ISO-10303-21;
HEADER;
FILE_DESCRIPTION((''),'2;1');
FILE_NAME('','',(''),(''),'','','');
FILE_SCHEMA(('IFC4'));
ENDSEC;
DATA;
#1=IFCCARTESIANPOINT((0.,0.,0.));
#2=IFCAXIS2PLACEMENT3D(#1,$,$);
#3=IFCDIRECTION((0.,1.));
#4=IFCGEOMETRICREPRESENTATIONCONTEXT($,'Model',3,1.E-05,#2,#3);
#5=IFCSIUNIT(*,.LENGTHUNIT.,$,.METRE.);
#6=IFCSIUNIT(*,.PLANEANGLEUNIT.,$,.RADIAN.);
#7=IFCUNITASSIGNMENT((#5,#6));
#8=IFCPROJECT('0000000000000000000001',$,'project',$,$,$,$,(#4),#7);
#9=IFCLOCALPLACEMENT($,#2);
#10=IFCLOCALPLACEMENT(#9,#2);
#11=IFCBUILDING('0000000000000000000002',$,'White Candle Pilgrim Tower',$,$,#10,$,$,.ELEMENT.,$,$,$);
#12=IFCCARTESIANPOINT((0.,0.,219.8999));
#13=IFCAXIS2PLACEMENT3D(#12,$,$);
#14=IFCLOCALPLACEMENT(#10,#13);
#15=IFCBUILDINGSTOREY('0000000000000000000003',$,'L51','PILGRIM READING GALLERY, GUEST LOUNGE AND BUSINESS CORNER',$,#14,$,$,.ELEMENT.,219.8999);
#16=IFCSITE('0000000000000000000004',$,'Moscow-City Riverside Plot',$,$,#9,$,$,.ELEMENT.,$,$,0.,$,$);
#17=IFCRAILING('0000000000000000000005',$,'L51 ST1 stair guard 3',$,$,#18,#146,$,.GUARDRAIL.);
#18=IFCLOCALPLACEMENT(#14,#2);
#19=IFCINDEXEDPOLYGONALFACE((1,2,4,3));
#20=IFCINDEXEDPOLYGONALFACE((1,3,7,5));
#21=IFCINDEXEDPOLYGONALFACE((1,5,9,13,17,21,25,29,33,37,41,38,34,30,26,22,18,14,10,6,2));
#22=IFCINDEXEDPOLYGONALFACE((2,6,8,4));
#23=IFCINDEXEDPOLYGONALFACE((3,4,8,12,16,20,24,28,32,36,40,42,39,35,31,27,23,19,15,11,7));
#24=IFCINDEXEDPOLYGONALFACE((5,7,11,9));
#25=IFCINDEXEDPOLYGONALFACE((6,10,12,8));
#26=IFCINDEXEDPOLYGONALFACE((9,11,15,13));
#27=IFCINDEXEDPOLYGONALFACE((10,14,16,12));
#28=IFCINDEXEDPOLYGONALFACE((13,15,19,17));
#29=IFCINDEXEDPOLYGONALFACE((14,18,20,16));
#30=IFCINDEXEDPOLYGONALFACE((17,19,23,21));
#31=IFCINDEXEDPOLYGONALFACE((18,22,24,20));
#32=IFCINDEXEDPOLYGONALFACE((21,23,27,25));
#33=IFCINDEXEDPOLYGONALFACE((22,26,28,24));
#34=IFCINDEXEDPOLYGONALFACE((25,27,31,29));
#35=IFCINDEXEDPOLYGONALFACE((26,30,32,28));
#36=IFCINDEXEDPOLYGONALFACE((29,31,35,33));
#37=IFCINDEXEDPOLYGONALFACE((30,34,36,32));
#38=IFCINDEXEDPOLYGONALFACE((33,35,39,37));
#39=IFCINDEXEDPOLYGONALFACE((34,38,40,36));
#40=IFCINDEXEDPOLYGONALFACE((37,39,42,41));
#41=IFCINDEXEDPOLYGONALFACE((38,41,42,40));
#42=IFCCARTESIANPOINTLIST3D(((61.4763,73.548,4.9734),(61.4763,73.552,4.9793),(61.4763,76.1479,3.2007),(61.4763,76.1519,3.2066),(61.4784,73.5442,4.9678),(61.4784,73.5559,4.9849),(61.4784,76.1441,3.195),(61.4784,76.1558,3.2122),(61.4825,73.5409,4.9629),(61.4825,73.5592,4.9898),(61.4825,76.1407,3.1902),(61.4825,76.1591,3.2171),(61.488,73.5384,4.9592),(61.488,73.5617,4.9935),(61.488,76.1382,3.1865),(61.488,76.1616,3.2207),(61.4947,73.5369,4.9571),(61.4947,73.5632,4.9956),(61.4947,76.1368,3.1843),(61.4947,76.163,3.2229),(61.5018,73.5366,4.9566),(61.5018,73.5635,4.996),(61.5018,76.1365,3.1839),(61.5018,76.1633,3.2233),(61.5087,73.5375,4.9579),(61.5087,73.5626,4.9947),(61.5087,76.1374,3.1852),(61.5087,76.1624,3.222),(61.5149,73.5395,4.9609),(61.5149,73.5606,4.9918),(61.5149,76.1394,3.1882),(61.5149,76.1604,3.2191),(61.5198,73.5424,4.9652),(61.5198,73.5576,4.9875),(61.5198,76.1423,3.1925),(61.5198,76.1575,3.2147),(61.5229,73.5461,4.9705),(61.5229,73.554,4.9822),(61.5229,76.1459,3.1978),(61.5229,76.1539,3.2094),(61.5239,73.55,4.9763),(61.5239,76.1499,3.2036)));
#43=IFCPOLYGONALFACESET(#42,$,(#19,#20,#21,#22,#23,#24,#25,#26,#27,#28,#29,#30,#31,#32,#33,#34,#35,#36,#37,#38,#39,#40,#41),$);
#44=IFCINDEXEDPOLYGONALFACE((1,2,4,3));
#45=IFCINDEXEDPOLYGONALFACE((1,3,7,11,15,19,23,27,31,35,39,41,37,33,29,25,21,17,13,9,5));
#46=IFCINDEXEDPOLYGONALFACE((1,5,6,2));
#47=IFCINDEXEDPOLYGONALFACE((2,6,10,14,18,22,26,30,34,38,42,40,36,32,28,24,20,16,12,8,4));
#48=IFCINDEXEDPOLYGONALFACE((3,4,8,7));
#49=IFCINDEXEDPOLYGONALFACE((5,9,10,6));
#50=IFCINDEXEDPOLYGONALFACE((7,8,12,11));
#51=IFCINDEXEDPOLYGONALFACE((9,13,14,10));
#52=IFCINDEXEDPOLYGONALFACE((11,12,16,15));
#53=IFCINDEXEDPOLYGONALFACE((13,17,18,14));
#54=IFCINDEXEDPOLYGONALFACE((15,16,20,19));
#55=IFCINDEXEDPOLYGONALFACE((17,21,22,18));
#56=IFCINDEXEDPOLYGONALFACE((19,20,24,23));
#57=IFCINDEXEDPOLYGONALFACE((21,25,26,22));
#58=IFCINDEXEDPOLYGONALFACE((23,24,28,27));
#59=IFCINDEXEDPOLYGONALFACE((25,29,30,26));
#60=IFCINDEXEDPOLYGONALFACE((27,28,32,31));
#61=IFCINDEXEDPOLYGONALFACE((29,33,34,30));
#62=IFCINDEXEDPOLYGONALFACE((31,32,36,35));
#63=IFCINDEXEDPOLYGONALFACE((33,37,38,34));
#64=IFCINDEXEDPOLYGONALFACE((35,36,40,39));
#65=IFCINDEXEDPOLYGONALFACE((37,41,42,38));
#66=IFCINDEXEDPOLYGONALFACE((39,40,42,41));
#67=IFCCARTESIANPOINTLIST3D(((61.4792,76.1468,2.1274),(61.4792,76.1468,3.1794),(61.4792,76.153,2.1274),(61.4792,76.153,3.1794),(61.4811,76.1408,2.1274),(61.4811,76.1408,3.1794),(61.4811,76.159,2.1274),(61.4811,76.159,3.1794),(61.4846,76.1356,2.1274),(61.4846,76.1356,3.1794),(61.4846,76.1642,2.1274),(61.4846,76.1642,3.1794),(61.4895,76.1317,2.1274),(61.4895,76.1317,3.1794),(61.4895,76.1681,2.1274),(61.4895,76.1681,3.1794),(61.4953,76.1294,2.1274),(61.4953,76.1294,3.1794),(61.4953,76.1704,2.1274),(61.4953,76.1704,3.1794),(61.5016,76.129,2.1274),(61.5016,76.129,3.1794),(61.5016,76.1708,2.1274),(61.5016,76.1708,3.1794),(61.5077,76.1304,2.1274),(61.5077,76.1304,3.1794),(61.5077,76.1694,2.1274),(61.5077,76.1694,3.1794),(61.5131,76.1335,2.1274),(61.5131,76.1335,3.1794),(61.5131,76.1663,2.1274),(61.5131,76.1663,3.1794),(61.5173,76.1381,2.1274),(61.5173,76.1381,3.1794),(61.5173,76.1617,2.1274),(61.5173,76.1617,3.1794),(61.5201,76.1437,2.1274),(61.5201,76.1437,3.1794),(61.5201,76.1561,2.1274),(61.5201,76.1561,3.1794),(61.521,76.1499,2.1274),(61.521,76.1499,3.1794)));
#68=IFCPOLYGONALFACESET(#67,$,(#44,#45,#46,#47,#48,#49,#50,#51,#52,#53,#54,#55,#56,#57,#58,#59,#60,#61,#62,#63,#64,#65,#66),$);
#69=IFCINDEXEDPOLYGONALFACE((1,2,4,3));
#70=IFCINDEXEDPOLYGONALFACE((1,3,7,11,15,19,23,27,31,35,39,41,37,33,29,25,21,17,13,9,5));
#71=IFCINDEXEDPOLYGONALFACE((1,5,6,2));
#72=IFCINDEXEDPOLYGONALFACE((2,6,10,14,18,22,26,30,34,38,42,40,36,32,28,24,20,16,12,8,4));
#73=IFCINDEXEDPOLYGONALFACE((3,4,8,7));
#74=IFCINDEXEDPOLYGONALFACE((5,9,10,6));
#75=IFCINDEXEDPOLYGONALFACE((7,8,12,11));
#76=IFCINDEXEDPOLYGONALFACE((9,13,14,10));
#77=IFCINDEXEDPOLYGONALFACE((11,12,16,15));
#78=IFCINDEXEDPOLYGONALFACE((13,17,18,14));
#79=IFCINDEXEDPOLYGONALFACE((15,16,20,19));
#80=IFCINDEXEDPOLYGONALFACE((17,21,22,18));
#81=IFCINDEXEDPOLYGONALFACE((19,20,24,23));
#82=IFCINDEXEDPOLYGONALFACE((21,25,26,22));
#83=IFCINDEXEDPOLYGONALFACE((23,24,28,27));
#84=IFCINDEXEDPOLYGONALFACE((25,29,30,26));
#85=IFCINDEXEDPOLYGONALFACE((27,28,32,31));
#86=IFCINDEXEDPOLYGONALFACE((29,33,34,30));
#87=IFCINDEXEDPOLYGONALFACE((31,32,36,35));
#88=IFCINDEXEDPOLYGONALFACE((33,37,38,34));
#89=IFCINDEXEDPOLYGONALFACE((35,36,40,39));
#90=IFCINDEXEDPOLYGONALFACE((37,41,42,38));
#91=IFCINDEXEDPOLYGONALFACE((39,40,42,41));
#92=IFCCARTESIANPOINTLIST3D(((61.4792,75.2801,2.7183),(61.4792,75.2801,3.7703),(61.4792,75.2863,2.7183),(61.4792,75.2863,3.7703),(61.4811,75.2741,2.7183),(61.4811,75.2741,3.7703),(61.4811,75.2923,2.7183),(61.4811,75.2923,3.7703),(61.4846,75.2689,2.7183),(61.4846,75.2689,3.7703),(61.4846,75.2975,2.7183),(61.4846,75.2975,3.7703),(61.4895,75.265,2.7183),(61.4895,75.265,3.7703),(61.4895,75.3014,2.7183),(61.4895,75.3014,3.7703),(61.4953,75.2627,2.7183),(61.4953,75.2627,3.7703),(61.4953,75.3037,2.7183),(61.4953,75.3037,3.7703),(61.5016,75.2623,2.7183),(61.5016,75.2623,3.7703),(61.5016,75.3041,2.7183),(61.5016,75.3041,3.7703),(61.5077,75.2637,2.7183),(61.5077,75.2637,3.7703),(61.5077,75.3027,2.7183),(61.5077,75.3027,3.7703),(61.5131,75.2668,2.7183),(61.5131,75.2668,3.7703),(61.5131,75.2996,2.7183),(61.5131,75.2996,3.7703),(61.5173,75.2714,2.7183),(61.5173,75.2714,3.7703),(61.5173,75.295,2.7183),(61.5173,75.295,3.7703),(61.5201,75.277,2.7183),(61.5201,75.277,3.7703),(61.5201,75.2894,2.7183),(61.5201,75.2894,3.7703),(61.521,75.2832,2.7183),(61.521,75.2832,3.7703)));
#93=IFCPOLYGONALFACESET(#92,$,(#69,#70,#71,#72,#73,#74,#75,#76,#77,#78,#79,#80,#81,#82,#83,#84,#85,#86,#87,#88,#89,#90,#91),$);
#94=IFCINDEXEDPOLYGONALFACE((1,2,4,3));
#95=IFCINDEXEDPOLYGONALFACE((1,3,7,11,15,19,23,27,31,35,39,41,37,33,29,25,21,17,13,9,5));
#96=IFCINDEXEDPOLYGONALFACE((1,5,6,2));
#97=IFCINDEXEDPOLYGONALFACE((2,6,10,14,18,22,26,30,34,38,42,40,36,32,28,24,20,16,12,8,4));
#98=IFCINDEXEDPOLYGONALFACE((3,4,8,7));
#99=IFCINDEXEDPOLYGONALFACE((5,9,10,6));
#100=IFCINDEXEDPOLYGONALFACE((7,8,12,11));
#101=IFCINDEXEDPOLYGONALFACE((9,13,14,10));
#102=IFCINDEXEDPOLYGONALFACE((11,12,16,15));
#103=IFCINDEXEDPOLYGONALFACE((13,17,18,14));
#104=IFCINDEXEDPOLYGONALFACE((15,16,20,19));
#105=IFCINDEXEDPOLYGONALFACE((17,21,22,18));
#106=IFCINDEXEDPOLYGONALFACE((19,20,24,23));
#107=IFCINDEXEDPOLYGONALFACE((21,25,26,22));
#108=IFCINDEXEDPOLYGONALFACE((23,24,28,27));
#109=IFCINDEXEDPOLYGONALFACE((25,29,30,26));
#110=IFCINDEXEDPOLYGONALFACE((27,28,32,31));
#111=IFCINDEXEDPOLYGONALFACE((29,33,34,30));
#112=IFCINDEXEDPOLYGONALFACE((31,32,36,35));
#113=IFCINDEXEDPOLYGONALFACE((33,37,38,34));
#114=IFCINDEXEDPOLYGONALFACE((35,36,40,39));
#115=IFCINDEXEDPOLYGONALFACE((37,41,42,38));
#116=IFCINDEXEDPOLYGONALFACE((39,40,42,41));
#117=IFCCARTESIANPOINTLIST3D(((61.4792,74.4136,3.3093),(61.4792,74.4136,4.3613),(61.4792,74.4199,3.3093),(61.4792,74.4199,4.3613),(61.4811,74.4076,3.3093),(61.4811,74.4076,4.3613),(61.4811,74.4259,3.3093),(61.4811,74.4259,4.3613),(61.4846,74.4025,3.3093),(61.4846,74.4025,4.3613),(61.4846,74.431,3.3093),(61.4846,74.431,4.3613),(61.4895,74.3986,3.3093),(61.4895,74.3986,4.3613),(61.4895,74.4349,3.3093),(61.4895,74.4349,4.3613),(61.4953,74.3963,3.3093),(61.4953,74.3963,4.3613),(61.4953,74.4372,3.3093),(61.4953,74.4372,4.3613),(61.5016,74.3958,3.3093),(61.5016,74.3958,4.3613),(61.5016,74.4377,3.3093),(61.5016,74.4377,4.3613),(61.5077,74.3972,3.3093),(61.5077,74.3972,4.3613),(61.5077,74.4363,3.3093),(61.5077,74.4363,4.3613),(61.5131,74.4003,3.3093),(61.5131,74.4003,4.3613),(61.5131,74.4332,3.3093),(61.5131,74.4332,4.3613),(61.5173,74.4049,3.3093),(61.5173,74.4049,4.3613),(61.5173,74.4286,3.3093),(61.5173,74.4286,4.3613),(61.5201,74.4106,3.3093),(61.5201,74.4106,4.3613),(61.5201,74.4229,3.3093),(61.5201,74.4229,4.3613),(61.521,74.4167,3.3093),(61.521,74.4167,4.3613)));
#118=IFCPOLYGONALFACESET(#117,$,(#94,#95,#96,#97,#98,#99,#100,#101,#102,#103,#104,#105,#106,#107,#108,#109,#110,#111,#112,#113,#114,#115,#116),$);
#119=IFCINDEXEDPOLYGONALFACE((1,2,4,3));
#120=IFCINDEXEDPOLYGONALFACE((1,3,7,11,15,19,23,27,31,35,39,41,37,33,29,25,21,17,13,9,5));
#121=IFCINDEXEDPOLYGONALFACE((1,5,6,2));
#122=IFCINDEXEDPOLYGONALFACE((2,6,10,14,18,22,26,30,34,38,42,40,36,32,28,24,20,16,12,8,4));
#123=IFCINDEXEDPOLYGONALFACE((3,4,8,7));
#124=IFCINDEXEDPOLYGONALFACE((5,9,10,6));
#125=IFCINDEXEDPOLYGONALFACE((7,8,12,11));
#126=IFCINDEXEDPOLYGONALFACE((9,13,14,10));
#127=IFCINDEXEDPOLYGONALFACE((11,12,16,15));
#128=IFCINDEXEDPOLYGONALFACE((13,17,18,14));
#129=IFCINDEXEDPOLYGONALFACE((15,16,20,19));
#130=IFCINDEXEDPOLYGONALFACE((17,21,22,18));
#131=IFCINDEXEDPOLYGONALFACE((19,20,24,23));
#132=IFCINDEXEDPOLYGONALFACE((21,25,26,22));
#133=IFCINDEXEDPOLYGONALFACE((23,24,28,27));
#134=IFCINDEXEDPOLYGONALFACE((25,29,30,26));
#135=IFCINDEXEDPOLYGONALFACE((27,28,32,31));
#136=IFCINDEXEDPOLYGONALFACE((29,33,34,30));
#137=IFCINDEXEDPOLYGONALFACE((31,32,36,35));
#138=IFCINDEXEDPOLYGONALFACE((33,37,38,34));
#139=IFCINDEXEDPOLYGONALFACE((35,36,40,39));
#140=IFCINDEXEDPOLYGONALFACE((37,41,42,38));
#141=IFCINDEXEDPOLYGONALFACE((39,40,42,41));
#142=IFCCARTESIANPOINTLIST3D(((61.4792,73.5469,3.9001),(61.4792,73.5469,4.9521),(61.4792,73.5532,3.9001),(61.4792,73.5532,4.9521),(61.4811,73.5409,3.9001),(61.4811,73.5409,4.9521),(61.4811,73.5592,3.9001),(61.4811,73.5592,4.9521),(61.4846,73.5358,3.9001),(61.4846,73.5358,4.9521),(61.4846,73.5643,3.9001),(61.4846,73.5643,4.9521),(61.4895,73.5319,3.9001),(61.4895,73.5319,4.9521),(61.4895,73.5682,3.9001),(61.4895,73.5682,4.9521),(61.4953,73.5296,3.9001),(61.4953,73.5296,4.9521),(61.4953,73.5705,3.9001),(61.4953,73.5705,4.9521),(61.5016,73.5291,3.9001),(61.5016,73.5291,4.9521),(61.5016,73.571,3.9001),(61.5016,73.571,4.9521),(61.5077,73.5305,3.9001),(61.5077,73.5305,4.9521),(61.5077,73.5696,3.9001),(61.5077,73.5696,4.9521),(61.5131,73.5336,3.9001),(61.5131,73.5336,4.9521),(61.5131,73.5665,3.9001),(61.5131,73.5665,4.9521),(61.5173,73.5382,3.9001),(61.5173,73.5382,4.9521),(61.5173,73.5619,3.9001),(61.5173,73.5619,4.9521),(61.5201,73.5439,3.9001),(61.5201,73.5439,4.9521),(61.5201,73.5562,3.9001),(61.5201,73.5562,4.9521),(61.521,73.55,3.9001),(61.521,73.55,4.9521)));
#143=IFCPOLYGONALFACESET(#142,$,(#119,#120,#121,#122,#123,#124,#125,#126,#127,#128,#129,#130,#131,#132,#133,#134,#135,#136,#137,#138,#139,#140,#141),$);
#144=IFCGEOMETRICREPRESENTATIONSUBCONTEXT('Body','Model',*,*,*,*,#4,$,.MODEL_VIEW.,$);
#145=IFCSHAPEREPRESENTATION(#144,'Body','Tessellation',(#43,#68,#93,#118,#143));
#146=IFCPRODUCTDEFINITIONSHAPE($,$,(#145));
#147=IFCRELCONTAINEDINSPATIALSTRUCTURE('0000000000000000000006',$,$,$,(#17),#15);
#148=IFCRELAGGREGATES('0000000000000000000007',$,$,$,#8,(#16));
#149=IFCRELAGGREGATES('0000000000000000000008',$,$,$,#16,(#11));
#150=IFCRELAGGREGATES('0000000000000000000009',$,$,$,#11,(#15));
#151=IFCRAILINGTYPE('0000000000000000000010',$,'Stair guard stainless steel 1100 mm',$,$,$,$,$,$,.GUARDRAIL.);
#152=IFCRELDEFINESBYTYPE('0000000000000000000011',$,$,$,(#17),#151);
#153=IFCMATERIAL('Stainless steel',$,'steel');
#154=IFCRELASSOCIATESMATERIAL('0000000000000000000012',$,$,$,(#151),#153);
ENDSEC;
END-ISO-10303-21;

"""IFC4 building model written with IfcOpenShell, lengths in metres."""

from ifc_helpers import new_model, si_unit, direction, frame, origin, origin_2d, place, context, subcontext, project, spatial, circle, extrude, material, type_object, element, save


model = new_model("IFC4")

# Units and contexts
model_context = context("Model", 3, precision=1e-05, world=origin(), true_north=direction((0.0, 1.0)))
body_context = subcontext(model_context, "Body", "Model", "MODEL_VIEW")
ifc_project = project(units=[si_unit("LENGTHUNIT", "METRE"), si_unit("PLANEANGLEUNIT", "RADIAN")], contexts=[model_context])

# Site, building, storey
site_placement = place(None, origin())
site = spatial("IfcSite", under=ifc_project, at=site_placement, Name="Moscow-City Riverside Plot", CompositionType="ELEMENT", RefElevation=0.0)
building_placement = place(site_placement, origin())
building = spatial("IfcBuilding", under=site, at=building_placement, Name="White Candle Pilgrim Tower", CompositionType="ELEMENT")
storey_placement = place(building_placement, frame((0.0, 0.0, 219.8999)))
storey = spatial("IfcBuildingStorey", under=building, at=storey_placement, Name="L51", Description="PILGRIM READING GALLERY, GUEST LOUNGE AND BUSINESS CORNER", CompositionType="ELEMENT", Elevation=219.8999)

# Shared definitions
ifc_material_1 = material(Name="Stainless steel", Category="steel")

# Railing
railing_type_1 = type_object("IfcRailingType", Name="Stair guard stainless steel 1100 mm", PredefinedType="GUARDRAIL", material=ifc_material_1)
railing_1_placement = place(storey_placement, frame((61.5, 76.1499, 2.1274)))
element("IfcRailing", 1, at=railing_1_placement, inside=storey, type_object=railing_type_1, Name="L51 ST1 stair guard 3", PredefinedType="GUARDRAIL", context=body_context, shape_type="SweptSolid", body=[
    extrude(circle(Radius=0.0239, at=origin_2d()), frame((0.0, 0.0, 1.0762), z_axis=(0.0, -0.826216, 0.563354), x_axis=(1.0, 0.0, 0.0)), (0.0, 0.0, 1.0), 3.1467),
    extrude(circle(Radius=0.021, at=origin_2d()), origin(), (0.0, 0.0, 1.0), 1.052),
    extrude(circle(Radius=0.021, at=origin_2d()), frame((0.0, -0.8667, 0.5908)), (0.0, 0.0, 1.0), 1.052),
    extrude(circle(Radius=0.021, at=origin_2d()), frame((0.0, -1.7332, 1.1819)), (0.0, 0.0, 1.0), 1.052),
    extrude(circle(Radius=0.021, at=origin_2d()), frame((0.0, -2.5999, 1.7727)), (0.0, 0.0, 1.0), 1.052),
])

save(model, "model.ifc")
